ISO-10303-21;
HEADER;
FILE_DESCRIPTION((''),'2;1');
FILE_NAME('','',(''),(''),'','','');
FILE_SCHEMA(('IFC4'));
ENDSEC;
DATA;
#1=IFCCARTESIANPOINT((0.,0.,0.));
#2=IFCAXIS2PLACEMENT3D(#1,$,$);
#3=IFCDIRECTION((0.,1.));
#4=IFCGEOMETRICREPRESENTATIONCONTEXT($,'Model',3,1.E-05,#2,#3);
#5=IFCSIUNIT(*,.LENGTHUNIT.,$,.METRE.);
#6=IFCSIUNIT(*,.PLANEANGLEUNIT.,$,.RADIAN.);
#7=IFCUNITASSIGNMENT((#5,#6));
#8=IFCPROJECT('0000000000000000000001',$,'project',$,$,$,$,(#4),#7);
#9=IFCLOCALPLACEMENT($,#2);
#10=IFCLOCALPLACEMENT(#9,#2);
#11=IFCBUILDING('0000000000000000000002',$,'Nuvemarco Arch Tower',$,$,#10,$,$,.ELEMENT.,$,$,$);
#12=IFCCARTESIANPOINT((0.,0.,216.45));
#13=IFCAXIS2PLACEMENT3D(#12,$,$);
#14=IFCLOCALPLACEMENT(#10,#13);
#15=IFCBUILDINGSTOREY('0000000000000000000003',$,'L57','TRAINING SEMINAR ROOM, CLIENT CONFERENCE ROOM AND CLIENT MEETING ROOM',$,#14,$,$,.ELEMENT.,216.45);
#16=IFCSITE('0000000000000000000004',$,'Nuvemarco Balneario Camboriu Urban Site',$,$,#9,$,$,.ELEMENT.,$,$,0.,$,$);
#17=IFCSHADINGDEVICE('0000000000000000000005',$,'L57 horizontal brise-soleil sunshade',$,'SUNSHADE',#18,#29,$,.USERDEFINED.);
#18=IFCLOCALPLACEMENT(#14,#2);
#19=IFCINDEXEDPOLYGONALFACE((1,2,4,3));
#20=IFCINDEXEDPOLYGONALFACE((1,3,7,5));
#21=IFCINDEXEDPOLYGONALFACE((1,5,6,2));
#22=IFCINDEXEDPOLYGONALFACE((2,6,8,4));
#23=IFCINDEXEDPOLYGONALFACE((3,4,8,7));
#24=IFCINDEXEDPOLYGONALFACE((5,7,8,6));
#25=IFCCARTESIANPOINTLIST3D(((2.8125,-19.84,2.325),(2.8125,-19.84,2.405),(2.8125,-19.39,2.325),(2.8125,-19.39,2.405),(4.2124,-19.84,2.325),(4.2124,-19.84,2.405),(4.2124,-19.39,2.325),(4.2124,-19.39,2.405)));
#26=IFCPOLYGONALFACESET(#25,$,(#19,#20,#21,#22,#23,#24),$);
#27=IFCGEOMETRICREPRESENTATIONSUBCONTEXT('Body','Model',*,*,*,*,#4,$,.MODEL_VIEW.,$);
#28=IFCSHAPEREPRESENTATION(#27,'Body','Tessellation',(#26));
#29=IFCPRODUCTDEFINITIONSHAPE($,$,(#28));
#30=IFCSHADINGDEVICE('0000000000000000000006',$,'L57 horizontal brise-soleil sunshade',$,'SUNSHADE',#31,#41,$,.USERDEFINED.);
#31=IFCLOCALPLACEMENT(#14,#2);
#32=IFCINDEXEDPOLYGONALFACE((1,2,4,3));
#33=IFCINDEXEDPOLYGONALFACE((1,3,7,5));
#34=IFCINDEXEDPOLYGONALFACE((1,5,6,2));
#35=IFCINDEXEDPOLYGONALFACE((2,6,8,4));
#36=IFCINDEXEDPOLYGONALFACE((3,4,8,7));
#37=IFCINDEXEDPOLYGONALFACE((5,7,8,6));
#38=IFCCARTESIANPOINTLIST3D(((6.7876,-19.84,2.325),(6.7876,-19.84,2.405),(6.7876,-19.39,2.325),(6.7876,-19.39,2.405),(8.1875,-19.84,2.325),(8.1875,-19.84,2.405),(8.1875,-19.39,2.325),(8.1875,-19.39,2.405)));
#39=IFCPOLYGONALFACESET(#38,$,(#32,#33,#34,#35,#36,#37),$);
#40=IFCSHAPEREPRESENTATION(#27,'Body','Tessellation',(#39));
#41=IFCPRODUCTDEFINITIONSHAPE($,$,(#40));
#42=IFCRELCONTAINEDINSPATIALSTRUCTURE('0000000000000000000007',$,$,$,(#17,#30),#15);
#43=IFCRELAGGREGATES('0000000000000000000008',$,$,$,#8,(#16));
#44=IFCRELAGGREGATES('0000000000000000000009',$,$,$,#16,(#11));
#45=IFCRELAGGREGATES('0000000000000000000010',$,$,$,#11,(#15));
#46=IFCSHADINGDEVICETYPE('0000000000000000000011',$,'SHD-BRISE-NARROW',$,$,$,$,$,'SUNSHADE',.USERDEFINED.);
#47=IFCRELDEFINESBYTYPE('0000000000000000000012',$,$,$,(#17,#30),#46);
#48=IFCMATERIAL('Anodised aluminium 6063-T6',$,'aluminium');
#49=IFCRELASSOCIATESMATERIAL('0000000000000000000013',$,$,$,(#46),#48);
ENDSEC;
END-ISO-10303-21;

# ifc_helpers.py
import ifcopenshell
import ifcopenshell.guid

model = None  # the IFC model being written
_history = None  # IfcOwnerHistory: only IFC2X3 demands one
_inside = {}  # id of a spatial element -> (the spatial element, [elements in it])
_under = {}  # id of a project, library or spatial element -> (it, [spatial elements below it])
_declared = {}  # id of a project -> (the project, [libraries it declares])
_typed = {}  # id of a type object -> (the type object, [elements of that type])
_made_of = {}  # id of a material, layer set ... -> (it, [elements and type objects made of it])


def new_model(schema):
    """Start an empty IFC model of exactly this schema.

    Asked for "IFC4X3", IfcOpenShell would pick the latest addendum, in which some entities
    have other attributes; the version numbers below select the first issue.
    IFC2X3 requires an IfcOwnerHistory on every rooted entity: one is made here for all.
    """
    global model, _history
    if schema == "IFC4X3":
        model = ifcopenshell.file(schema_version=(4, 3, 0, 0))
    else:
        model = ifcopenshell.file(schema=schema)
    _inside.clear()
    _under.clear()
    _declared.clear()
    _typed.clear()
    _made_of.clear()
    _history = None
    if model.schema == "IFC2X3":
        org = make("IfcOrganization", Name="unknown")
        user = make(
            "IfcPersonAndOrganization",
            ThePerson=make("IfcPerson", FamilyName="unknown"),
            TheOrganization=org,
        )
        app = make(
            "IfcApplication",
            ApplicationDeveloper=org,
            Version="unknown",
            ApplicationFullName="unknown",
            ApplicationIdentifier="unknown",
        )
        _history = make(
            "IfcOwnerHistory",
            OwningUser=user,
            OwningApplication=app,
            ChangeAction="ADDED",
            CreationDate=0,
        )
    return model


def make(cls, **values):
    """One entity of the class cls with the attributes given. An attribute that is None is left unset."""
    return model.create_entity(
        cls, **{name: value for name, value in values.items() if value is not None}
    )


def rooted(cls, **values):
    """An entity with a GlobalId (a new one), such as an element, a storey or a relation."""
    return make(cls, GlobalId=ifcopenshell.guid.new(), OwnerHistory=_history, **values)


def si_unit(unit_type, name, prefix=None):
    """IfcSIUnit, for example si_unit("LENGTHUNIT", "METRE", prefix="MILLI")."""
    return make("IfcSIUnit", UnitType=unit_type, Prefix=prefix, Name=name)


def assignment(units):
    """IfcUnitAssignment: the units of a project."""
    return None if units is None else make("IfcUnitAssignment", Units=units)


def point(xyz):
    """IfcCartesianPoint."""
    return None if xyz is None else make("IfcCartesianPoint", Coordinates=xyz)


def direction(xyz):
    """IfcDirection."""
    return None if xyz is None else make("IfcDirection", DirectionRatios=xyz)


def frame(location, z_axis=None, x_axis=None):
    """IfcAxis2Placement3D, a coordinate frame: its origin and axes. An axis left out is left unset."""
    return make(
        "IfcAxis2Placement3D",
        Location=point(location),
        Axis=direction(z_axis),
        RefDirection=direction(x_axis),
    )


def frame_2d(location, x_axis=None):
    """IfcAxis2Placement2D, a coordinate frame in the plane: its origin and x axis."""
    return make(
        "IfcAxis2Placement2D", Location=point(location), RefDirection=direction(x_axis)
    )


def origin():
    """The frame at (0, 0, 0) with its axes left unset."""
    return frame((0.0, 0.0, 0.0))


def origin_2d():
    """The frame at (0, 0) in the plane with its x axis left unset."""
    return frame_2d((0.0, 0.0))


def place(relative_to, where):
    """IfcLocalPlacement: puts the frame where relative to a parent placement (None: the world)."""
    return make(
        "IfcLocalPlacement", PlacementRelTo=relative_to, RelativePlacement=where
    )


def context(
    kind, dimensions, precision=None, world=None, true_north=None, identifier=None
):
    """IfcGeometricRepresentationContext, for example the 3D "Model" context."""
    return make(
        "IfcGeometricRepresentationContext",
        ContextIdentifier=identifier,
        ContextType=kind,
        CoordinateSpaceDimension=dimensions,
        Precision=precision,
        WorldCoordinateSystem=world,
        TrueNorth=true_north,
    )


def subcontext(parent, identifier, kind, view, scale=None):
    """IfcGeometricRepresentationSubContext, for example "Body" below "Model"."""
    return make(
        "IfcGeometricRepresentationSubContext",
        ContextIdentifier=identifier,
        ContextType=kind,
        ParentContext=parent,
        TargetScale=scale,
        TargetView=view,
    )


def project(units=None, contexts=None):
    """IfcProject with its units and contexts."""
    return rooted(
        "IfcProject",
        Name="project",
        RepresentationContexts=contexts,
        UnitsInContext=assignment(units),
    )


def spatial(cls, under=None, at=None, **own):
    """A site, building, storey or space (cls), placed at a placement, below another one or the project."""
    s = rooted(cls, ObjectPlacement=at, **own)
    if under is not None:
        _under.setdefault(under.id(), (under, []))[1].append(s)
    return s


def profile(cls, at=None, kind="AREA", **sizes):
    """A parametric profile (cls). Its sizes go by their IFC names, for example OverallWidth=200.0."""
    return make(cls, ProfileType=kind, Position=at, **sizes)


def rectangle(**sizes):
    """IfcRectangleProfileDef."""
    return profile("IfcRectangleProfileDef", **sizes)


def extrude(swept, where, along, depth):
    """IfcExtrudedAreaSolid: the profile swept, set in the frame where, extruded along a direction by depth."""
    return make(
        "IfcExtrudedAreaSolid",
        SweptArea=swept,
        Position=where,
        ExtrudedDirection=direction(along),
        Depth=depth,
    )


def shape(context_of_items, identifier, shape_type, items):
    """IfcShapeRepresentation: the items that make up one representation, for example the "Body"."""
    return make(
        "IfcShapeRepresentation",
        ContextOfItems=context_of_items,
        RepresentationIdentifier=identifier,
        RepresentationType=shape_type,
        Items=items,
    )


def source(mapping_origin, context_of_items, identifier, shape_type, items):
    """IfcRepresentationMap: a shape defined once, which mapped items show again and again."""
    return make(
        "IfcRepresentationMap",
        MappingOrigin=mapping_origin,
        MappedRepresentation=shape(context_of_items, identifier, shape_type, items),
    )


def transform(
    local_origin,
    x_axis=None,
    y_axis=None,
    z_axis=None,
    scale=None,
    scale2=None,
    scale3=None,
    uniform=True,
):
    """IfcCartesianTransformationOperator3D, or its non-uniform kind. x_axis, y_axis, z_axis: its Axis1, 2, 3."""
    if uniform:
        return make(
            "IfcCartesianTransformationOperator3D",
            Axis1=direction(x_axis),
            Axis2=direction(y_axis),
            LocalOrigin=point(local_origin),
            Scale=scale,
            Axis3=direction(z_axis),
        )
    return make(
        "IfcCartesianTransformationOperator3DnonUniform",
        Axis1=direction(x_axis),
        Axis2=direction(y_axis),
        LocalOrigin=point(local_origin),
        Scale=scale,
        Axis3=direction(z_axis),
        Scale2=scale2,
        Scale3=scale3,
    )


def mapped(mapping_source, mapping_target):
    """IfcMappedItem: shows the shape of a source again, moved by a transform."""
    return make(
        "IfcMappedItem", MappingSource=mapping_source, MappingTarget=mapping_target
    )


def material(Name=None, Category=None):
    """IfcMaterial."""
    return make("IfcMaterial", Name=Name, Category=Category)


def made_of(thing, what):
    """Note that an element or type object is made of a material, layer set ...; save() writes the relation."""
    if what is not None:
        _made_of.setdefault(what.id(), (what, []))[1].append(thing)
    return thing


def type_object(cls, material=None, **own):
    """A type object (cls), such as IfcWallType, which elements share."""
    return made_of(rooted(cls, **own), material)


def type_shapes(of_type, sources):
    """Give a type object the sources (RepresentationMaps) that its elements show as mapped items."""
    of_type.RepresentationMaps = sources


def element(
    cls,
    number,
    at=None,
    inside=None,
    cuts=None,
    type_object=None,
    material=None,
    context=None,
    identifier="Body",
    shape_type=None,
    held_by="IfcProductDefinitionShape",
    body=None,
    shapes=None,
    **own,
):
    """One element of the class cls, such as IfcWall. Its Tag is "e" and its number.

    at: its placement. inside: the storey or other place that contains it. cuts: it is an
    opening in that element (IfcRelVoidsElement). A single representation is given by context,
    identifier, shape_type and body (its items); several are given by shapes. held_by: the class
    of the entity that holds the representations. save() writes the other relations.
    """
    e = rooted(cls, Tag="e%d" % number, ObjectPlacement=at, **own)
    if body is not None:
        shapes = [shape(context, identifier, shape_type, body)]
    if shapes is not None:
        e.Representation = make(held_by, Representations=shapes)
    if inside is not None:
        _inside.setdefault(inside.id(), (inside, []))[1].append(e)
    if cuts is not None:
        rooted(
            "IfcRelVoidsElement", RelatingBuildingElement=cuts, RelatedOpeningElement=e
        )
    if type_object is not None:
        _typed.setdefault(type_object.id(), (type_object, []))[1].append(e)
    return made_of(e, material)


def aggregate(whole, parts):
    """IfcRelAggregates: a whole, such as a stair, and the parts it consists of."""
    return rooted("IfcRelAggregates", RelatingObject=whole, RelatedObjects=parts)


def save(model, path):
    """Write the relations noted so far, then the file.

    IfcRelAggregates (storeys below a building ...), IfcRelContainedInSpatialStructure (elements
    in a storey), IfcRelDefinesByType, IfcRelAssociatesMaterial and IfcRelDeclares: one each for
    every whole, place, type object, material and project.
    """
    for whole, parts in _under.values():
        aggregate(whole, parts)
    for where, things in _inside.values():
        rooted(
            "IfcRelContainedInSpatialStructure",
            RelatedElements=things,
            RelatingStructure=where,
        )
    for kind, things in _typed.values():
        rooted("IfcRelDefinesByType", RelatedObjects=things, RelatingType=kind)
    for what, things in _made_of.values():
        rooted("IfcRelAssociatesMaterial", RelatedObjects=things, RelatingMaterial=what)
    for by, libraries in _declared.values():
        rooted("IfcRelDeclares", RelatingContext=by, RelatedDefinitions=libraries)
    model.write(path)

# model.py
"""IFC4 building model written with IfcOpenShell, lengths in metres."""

from ifc_helpers import new_model, si_unit, direction, frame, origin, origin_2d, place, context, subcontext, project, spatial, rectangle, extrude, source, transform, mapped, material, type_object, type_shapes, element, save


model = new_model("IFC4")

# Units and contexts
model_context = context("Model", 3, precision=1e-05, world=origin(), true_north=direction((0.0, 1.0)))
body_context = subcontext(model_context, "Body", "Model", "MODEL_VIEW")
ifc_project = project(units=[si_unit("LENGTHUNIT", "METRE"), si_unit("PLANEANGLEUNIT", "RADIAN")], contexts=[model_context])

# Site, building, storey
site_placement = place(None, origin())
site = spatial("IfcSite", under=ifc_project, at=site_placement, Name="Nuvemarco Balneario Camboriu Urban Site", CompositionType="ELEMENT", RefElevation=0.0)
building_placement = place(site_placement, origin())
building = spatial("IfcBuilding", under=site, at=building_placement, Name="Nuvemarco Arch Tower", CompositionType="ELEMENT")
storey_placement = place(building_placement, frame((0.0, 0.0, 216.45)))
storey = spatial("IfcBuildingStorey", under=building, at=storey_placement, Name="L57", Description="TRAINING SEMINAR ROOM, CLIENT CONFERENCE ROOM AND CLIENT MEETING ROOM", CompositionType="ELEMENT", Elevation=216.45)

# Shading devices
ifc_material_1 = material(Name="Anodised aluminium 6063-T6", Category="aluminium")
shading_device_type = type_object("IfcShadingDeviceType", Name="SHD-BRISE-NARROW", ElementType="SUNSHADE", PredefinedType="USERDEFINED", material=ifc_material_1)
shared_shape_1 = source(origin(), body_context, "Body", "SweptSolid", [
    extrude(rectangle(XDim=1.3999, YDim=0.45, at=origin_2d()), origin(), (0.0, 0.0, 1.0), 0.0801),
])
type_shapes(shading_device_type, [shared_shape_1])
for number, where, z_axis, x_axis, name in (
    (1, (3.5125, -19.615, 2.325), (0.0, 0.0, 1.0), (1.0, 0.0, 0.0), "L57 horizontal brise-soleil sunshade"),
    (2, (7.4875, -19.615, 2.325), (0.0, 0.0, 1.0), (1.0, 0.0, 0.0), "L57 horizontal brise-soleil sunshade"),
):
    element("IfcShadingDevice", number, at=place(storey_placement, frame(where, z_axis=z_axis, x_axis=x_axis)), inside=storey, type_object=shading_device_type, Name=name, ObjectType="SUNSHADE", PredefinedType="USERDEFINED", context=body_context, shape_type="MappedRepresentation", body=[
        mapped(shared_shape_1, transform((0.0, 0.0, 0.0), scale=1.0)),
    ])

save(model, "model.ifc")
